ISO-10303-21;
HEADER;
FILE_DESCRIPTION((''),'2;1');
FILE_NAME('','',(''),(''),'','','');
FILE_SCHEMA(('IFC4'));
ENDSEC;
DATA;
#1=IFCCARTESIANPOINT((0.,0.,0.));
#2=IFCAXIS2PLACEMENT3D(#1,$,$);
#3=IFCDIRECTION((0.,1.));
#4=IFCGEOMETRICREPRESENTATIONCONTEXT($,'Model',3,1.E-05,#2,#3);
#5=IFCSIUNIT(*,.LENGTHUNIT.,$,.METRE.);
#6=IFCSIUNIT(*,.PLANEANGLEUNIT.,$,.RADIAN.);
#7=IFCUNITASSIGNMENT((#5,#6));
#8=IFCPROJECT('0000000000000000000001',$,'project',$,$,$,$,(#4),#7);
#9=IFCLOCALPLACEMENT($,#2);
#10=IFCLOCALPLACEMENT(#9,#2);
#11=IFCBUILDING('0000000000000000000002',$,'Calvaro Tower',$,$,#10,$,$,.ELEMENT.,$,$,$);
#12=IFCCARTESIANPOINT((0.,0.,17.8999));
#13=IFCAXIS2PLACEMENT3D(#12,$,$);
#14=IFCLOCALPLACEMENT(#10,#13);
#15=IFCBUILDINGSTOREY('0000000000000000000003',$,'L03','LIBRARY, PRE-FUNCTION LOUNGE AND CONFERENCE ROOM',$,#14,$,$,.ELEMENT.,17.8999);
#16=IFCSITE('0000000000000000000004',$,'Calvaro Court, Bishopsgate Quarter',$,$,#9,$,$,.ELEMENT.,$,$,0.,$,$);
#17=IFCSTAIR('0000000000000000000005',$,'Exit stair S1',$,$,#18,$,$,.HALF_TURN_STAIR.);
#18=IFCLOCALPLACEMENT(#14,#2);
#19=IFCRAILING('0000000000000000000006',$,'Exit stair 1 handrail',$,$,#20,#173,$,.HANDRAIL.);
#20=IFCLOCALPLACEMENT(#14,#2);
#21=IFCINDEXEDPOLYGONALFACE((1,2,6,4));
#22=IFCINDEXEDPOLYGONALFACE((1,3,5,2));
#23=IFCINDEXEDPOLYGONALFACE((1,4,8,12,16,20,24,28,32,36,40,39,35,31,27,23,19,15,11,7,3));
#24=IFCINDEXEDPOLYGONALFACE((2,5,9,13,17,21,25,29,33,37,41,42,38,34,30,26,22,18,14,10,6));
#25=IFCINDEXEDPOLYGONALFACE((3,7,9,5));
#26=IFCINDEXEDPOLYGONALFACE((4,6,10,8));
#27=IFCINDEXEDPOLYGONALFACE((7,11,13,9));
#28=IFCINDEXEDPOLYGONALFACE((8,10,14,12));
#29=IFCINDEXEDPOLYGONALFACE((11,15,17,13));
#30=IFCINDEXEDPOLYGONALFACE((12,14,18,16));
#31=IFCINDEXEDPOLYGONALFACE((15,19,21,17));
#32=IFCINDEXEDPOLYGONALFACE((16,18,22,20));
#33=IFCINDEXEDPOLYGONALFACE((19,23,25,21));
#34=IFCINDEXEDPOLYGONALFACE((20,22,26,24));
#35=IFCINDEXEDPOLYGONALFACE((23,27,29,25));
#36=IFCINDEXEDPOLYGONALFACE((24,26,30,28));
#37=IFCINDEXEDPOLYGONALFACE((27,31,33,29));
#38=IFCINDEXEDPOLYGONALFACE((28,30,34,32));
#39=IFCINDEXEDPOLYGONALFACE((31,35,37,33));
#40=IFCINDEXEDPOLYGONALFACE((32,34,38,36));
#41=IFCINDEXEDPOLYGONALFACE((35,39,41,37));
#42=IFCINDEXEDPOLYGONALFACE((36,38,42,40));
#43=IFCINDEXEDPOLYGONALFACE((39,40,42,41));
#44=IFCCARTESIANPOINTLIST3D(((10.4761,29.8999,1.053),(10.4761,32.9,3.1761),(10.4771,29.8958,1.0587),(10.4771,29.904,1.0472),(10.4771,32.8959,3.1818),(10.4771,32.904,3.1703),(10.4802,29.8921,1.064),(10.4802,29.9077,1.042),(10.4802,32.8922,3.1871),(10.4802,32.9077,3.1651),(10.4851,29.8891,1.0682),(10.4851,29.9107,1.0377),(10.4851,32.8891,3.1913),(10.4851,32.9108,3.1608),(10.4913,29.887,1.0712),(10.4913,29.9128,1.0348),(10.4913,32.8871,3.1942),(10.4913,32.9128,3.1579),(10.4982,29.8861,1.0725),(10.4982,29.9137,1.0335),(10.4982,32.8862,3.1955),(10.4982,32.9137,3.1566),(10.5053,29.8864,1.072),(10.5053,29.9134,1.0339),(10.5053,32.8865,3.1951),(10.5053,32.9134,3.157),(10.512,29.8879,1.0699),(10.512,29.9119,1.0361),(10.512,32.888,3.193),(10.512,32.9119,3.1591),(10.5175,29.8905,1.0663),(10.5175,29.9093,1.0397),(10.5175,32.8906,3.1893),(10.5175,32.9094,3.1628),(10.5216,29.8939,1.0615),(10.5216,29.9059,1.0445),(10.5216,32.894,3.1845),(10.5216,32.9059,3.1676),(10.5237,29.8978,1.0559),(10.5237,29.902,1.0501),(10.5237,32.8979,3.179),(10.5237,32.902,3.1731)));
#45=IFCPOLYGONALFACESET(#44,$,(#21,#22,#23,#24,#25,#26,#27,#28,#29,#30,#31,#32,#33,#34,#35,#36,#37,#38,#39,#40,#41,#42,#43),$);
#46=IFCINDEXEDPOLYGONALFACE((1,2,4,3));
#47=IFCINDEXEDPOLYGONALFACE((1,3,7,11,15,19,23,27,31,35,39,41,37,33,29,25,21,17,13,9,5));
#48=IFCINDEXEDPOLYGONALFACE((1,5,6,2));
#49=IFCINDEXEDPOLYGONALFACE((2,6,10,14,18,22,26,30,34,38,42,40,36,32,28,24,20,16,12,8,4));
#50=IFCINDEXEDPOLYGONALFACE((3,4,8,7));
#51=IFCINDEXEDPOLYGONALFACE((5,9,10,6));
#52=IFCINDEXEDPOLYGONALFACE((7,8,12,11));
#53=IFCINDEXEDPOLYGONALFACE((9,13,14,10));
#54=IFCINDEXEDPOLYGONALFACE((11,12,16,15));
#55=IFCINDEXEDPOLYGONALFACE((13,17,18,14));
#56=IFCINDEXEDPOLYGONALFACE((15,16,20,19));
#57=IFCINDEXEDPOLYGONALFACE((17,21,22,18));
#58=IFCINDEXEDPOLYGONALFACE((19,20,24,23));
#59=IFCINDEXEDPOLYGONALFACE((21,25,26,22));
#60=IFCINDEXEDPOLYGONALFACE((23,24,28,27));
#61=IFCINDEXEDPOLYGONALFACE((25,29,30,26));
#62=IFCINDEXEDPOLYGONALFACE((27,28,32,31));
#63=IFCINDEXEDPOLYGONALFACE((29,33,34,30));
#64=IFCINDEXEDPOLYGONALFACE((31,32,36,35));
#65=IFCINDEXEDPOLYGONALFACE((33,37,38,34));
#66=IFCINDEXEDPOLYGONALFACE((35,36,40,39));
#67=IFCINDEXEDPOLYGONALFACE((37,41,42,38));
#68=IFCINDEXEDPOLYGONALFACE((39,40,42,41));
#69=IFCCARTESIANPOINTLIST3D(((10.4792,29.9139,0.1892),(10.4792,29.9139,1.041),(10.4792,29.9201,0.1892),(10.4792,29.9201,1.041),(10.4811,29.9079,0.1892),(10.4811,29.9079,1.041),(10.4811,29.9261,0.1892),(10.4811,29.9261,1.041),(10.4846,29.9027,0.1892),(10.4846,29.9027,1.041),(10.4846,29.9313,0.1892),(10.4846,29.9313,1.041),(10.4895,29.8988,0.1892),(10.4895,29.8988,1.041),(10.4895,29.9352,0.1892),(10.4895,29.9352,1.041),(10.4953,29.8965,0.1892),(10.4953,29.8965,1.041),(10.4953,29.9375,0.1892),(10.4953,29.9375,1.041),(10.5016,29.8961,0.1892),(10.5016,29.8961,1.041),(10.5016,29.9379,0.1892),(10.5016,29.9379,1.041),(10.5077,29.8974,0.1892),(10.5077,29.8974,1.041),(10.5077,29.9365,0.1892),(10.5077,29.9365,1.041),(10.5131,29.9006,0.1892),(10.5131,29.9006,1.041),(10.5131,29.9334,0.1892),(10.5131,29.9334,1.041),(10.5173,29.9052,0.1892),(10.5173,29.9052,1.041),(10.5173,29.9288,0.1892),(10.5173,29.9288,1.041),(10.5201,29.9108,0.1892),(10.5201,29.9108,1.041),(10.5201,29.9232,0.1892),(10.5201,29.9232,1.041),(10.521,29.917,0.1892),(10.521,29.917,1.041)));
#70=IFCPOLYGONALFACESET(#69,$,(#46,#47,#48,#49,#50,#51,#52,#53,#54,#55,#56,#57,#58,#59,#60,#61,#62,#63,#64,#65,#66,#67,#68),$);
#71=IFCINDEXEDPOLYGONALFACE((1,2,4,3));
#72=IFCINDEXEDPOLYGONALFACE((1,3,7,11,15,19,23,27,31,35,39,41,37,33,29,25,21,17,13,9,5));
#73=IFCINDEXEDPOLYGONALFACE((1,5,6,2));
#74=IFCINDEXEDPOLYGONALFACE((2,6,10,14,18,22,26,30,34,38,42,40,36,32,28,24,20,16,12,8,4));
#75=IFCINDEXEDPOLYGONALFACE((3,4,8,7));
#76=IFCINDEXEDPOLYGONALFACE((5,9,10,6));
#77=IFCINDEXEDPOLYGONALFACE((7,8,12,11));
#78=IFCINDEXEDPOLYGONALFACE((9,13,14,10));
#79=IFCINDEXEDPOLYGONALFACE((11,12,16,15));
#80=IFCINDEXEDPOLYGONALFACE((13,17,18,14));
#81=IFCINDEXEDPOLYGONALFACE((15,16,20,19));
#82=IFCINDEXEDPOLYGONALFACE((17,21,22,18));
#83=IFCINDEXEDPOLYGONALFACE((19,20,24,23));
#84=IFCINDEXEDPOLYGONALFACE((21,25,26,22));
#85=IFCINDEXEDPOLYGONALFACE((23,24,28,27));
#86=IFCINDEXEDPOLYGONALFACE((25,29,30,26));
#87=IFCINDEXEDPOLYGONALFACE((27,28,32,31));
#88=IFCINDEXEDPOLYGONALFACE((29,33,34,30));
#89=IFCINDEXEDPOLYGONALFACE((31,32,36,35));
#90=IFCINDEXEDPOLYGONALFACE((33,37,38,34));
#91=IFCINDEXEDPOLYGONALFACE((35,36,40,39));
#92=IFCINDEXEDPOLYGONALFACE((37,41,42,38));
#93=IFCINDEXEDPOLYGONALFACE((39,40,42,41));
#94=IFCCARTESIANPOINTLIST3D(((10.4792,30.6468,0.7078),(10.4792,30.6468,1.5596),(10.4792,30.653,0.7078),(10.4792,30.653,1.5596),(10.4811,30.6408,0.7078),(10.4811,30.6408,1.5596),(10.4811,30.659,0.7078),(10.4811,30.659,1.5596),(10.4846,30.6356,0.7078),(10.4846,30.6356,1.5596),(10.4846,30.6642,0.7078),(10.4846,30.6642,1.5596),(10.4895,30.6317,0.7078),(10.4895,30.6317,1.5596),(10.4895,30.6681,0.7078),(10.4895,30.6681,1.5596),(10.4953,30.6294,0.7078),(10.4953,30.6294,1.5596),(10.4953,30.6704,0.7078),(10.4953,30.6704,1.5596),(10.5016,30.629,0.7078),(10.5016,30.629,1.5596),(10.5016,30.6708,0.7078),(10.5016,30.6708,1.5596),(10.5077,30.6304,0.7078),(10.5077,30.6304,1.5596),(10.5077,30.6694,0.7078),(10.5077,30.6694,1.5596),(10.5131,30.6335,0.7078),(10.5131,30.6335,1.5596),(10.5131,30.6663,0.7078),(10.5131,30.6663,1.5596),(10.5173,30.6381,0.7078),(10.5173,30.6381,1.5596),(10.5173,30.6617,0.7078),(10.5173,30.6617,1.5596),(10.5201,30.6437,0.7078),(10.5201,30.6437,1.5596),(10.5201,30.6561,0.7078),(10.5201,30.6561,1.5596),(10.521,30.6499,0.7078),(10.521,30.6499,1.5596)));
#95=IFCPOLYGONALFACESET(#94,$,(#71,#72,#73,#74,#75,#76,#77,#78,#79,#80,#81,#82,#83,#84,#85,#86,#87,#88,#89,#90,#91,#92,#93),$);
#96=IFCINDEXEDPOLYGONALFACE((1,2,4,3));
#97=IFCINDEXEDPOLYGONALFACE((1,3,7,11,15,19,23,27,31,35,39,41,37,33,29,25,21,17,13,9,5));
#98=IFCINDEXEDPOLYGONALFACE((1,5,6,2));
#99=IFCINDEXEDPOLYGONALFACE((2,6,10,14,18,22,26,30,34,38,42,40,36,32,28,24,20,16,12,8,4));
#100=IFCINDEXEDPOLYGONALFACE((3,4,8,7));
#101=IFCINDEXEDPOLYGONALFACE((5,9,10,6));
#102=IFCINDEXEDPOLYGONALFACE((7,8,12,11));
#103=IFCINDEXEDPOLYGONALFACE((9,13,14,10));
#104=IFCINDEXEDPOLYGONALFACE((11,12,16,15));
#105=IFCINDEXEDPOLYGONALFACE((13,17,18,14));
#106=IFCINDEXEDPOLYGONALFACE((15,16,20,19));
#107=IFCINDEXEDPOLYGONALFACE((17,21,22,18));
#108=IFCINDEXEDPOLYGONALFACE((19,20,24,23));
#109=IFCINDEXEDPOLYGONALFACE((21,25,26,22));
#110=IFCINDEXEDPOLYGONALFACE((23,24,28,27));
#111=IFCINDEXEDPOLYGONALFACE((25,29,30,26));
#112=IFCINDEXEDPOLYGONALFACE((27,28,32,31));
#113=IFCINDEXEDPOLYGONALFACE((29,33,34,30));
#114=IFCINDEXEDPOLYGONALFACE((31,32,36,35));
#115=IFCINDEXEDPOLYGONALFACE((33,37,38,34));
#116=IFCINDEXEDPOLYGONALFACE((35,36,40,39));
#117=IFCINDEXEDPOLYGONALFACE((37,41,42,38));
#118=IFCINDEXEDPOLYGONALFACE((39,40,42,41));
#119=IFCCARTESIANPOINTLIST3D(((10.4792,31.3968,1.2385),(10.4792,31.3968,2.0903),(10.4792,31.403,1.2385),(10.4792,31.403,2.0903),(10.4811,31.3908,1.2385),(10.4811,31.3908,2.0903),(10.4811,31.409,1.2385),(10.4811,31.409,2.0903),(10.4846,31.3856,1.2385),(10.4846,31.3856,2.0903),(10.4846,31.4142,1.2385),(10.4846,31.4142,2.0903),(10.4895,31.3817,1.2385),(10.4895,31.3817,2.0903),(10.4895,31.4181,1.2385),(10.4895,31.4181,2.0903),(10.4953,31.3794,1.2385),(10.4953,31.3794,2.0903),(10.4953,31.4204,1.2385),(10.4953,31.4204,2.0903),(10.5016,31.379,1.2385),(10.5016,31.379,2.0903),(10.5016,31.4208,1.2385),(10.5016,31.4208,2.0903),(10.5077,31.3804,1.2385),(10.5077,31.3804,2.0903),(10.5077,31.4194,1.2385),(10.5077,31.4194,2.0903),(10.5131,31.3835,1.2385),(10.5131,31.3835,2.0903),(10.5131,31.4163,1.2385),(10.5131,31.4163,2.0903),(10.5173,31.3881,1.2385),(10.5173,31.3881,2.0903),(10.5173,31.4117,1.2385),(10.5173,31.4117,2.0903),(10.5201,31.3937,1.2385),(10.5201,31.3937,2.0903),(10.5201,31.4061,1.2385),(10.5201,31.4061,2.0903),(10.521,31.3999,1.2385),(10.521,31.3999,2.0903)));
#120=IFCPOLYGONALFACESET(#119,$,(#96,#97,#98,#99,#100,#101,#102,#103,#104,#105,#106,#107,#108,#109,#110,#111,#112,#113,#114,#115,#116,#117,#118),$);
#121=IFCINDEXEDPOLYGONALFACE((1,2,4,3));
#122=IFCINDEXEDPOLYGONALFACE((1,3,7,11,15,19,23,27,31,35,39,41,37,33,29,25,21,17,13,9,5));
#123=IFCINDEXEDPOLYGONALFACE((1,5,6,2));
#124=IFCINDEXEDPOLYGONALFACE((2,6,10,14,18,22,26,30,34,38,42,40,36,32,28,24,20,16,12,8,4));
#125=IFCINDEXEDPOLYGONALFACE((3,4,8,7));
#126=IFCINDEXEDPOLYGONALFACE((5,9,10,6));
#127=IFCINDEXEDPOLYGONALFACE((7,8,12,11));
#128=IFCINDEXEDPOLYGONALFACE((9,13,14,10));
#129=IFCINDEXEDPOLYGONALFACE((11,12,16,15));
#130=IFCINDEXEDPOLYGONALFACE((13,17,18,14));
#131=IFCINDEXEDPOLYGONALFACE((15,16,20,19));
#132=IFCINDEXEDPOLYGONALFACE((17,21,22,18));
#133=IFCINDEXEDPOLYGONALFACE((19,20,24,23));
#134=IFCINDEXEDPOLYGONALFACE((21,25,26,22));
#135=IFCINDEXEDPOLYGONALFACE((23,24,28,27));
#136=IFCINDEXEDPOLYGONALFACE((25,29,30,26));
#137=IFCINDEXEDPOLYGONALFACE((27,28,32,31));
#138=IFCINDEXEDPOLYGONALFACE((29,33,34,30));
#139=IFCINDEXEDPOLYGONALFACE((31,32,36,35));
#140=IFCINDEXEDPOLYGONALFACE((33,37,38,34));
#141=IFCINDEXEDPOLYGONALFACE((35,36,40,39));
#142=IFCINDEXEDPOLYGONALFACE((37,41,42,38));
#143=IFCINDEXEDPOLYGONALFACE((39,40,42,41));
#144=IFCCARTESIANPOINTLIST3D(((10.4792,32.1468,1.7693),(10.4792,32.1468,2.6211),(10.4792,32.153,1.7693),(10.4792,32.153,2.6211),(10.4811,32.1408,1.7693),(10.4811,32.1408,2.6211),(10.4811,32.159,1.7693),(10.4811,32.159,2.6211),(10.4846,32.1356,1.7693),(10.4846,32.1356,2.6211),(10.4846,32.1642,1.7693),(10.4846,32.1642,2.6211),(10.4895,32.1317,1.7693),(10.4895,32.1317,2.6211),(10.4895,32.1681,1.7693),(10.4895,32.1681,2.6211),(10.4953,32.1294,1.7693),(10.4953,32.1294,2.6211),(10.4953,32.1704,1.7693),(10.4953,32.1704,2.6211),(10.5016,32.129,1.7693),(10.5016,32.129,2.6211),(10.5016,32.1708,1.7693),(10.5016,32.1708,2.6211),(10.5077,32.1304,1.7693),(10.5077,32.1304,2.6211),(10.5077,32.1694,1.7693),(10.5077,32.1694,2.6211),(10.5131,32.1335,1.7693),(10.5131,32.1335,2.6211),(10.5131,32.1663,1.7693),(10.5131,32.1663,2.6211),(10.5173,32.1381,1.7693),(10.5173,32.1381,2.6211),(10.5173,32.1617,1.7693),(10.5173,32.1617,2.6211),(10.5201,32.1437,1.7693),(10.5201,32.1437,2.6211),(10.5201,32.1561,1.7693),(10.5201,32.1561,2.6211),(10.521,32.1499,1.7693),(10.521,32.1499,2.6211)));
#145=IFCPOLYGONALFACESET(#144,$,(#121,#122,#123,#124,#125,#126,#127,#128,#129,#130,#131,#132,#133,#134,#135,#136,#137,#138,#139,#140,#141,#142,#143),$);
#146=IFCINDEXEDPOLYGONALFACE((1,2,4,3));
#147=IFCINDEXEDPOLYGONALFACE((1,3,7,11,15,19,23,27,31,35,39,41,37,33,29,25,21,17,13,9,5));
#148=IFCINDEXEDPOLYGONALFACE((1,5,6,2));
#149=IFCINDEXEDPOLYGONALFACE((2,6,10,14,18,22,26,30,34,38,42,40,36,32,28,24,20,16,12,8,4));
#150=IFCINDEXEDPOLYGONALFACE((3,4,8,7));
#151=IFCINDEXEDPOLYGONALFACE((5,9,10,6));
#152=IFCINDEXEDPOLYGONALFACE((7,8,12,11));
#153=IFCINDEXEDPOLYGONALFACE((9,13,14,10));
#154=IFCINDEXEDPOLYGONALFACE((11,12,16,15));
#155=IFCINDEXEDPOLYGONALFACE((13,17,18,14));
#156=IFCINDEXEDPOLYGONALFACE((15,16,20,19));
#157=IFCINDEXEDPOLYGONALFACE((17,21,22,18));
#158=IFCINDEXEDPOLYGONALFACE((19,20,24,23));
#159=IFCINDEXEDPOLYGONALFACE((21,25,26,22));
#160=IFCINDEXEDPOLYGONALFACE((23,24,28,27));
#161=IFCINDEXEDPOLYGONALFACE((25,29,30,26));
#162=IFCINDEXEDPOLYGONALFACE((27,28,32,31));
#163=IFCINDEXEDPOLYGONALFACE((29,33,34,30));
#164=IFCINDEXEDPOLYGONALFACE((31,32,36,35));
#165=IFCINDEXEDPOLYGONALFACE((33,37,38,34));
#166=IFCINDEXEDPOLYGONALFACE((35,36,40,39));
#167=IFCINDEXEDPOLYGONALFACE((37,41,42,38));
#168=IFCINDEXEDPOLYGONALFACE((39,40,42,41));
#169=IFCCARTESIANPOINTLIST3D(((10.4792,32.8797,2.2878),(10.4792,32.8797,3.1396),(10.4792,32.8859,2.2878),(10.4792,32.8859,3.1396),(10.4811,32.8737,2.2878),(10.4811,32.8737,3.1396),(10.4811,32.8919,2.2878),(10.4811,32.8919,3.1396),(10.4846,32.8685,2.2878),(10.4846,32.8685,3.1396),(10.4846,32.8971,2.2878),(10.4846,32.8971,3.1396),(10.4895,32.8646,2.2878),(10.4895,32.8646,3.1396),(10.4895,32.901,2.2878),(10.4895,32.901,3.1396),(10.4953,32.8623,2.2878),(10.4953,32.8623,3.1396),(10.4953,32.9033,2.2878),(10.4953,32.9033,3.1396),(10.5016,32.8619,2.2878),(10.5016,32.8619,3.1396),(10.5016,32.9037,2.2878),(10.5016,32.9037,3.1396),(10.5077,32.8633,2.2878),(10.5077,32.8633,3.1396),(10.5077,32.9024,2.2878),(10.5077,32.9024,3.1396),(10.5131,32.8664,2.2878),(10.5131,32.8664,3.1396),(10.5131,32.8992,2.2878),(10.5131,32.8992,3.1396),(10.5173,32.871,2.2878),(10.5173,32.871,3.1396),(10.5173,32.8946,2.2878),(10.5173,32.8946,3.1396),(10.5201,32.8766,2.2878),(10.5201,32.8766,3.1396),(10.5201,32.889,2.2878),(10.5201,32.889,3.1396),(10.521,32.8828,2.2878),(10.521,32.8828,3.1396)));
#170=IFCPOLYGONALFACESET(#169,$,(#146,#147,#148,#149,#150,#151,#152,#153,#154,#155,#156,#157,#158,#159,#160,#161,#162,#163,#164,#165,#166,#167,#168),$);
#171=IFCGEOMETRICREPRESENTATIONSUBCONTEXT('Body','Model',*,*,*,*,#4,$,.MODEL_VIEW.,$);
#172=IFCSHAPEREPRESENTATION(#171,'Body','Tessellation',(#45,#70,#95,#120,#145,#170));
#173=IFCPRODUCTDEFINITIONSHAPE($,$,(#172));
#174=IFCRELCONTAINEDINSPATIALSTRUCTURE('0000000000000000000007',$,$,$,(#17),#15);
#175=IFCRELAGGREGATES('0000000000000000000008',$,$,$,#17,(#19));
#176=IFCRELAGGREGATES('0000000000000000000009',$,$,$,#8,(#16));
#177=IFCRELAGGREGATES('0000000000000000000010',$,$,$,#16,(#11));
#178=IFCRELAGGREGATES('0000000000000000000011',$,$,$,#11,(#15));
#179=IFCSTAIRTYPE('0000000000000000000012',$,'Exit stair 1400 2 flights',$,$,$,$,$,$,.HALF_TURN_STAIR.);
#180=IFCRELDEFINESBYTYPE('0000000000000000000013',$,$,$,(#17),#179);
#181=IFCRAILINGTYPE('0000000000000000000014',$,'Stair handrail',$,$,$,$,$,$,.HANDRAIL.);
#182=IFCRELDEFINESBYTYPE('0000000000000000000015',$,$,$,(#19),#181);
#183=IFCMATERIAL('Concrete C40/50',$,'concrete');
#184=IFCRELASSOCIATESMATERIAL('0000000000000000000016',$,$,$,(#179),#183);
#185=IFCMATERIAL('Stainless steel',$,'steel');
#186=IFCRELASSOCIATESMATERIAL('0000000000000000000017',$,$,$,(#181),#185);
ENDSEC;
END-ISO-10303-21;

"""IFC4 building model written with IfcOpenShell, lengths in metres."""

from ifc_helpers import new_model, si_unit, direction, frame, origin, origin_2d, place, context, subcontext, project, spatial, circle, extrude, material, type_object, element, aggregate, save


model = new_model("IFC4")

# Units and contexts
model_context = context("Model", 3, precision=1e-05, world=origin(), true_north=direction((0.0, 1.0)))
body_context = subcontext(model_context, "Body", "Model", "MODEL_VIEW")
ifc_project = project(units=[si_unit("LENGTHUNIT", "METRE"), si_unit("PLANEANGLEUNIT", "RADIAN")], contexts=[model_context])

# Site, building, storey
site_placement = place(None, origin())
site = spatial("IfcSite", under=ifc_project, at=site_placement, Name="Calvaro Court, Bishopsgate Quarter", CompositionType="ELEMENT", RefElevation=0.0)
building_placement = place(site_placement, origin())
building = spatial("IfcBuilding", under=site, at=building_placement, Name="Calvaro Tower", CompositionType="ELEMENT")
storey_placement = place(building_placement, frame((0.0, 0.0, 17.8999)))
storey = spatial("IfcBuildingStorey", under=building, at=storey_placement, Name="L03", Description="LIBRARY, PRE-FUNCTION LOUNGE AND CONFERENCE ROOM", CompositionType="ELEMENT", Elevation=17.8999)

# Stair, railing
ifc_material_1 = material(Name="Concrete C40/50", Category="concrete")
stair_type = type_object("IfcStairType", Name="Exit stair 1400 2 flights", PredefinedType="HALF_TURN_STAIR", material=ifc_material_1)
stair_placement = place(storey_placement, origin())
stair = element("IfcStair", 1, at=stair_placement, inside=storey, type_object=stair_type, Name="Exit stair S1", PredefinedType="HALF_TURN_STAIR")
ifc_material_2 = material(Name="Stainless steel", Category="steel")
railing_type = type_object("IfcRailingType", Name="Stair handrail", PredefinedType="HANDRAIL", material=ifc_material_2)
railing_1_placement = place(storey_placement, frame((10.5, 29.8999, 0.177)))
railing_1 = element("IfcRailing", 2, at=railing_1_placement, type_object=railing_type, Name="Exit stair 1 handrail", PredefinedType="HANDRAIL", context=body_context, shape_type="SweptSolid", body=[
    extrude(circle(Radius=0.0239, at=origin_2d()), frame((0.0, 0.0, 0.876), z_axis=(0.0, 0.816275, 0.577663), x_axis=(-1.0, 0.0, 0.0)), (0.0, 0.0, 1.0), 3.6753),
    extrude(circle(Radius=0.021, at=origin_2d()), frame((0.0, 0.0171, 0.0122)), (0.0, 0.0, 1.0), 0.8518),
    extrude(circle(Radius=0.021, at=origin_2d()), frame((0.0, 0.75, 0.5308)), (0.0, 0.0, 1.0), 0.8518),
    extrude(circle(Radius=0.021, at=origin_2d()), frame((0.0, 1.5, 1.0615)), (0.0, 0.0, 1.0), 0.8518),
    extrude(circle(Radius=0.021, at=origin_2d()), frame((0.0, 2.25, 1.5923)), (0.0, 0.0, 1.0), 0.8518),
    extrude(circle(Radius=0.021, at=origin_2d()), frame((0.0, 2.9829, 2.1108)), (0.0, 0.0, 1.0), 0.8518),
])
aggregate(stair, [railing_1])

save(model, "model.ifc")
